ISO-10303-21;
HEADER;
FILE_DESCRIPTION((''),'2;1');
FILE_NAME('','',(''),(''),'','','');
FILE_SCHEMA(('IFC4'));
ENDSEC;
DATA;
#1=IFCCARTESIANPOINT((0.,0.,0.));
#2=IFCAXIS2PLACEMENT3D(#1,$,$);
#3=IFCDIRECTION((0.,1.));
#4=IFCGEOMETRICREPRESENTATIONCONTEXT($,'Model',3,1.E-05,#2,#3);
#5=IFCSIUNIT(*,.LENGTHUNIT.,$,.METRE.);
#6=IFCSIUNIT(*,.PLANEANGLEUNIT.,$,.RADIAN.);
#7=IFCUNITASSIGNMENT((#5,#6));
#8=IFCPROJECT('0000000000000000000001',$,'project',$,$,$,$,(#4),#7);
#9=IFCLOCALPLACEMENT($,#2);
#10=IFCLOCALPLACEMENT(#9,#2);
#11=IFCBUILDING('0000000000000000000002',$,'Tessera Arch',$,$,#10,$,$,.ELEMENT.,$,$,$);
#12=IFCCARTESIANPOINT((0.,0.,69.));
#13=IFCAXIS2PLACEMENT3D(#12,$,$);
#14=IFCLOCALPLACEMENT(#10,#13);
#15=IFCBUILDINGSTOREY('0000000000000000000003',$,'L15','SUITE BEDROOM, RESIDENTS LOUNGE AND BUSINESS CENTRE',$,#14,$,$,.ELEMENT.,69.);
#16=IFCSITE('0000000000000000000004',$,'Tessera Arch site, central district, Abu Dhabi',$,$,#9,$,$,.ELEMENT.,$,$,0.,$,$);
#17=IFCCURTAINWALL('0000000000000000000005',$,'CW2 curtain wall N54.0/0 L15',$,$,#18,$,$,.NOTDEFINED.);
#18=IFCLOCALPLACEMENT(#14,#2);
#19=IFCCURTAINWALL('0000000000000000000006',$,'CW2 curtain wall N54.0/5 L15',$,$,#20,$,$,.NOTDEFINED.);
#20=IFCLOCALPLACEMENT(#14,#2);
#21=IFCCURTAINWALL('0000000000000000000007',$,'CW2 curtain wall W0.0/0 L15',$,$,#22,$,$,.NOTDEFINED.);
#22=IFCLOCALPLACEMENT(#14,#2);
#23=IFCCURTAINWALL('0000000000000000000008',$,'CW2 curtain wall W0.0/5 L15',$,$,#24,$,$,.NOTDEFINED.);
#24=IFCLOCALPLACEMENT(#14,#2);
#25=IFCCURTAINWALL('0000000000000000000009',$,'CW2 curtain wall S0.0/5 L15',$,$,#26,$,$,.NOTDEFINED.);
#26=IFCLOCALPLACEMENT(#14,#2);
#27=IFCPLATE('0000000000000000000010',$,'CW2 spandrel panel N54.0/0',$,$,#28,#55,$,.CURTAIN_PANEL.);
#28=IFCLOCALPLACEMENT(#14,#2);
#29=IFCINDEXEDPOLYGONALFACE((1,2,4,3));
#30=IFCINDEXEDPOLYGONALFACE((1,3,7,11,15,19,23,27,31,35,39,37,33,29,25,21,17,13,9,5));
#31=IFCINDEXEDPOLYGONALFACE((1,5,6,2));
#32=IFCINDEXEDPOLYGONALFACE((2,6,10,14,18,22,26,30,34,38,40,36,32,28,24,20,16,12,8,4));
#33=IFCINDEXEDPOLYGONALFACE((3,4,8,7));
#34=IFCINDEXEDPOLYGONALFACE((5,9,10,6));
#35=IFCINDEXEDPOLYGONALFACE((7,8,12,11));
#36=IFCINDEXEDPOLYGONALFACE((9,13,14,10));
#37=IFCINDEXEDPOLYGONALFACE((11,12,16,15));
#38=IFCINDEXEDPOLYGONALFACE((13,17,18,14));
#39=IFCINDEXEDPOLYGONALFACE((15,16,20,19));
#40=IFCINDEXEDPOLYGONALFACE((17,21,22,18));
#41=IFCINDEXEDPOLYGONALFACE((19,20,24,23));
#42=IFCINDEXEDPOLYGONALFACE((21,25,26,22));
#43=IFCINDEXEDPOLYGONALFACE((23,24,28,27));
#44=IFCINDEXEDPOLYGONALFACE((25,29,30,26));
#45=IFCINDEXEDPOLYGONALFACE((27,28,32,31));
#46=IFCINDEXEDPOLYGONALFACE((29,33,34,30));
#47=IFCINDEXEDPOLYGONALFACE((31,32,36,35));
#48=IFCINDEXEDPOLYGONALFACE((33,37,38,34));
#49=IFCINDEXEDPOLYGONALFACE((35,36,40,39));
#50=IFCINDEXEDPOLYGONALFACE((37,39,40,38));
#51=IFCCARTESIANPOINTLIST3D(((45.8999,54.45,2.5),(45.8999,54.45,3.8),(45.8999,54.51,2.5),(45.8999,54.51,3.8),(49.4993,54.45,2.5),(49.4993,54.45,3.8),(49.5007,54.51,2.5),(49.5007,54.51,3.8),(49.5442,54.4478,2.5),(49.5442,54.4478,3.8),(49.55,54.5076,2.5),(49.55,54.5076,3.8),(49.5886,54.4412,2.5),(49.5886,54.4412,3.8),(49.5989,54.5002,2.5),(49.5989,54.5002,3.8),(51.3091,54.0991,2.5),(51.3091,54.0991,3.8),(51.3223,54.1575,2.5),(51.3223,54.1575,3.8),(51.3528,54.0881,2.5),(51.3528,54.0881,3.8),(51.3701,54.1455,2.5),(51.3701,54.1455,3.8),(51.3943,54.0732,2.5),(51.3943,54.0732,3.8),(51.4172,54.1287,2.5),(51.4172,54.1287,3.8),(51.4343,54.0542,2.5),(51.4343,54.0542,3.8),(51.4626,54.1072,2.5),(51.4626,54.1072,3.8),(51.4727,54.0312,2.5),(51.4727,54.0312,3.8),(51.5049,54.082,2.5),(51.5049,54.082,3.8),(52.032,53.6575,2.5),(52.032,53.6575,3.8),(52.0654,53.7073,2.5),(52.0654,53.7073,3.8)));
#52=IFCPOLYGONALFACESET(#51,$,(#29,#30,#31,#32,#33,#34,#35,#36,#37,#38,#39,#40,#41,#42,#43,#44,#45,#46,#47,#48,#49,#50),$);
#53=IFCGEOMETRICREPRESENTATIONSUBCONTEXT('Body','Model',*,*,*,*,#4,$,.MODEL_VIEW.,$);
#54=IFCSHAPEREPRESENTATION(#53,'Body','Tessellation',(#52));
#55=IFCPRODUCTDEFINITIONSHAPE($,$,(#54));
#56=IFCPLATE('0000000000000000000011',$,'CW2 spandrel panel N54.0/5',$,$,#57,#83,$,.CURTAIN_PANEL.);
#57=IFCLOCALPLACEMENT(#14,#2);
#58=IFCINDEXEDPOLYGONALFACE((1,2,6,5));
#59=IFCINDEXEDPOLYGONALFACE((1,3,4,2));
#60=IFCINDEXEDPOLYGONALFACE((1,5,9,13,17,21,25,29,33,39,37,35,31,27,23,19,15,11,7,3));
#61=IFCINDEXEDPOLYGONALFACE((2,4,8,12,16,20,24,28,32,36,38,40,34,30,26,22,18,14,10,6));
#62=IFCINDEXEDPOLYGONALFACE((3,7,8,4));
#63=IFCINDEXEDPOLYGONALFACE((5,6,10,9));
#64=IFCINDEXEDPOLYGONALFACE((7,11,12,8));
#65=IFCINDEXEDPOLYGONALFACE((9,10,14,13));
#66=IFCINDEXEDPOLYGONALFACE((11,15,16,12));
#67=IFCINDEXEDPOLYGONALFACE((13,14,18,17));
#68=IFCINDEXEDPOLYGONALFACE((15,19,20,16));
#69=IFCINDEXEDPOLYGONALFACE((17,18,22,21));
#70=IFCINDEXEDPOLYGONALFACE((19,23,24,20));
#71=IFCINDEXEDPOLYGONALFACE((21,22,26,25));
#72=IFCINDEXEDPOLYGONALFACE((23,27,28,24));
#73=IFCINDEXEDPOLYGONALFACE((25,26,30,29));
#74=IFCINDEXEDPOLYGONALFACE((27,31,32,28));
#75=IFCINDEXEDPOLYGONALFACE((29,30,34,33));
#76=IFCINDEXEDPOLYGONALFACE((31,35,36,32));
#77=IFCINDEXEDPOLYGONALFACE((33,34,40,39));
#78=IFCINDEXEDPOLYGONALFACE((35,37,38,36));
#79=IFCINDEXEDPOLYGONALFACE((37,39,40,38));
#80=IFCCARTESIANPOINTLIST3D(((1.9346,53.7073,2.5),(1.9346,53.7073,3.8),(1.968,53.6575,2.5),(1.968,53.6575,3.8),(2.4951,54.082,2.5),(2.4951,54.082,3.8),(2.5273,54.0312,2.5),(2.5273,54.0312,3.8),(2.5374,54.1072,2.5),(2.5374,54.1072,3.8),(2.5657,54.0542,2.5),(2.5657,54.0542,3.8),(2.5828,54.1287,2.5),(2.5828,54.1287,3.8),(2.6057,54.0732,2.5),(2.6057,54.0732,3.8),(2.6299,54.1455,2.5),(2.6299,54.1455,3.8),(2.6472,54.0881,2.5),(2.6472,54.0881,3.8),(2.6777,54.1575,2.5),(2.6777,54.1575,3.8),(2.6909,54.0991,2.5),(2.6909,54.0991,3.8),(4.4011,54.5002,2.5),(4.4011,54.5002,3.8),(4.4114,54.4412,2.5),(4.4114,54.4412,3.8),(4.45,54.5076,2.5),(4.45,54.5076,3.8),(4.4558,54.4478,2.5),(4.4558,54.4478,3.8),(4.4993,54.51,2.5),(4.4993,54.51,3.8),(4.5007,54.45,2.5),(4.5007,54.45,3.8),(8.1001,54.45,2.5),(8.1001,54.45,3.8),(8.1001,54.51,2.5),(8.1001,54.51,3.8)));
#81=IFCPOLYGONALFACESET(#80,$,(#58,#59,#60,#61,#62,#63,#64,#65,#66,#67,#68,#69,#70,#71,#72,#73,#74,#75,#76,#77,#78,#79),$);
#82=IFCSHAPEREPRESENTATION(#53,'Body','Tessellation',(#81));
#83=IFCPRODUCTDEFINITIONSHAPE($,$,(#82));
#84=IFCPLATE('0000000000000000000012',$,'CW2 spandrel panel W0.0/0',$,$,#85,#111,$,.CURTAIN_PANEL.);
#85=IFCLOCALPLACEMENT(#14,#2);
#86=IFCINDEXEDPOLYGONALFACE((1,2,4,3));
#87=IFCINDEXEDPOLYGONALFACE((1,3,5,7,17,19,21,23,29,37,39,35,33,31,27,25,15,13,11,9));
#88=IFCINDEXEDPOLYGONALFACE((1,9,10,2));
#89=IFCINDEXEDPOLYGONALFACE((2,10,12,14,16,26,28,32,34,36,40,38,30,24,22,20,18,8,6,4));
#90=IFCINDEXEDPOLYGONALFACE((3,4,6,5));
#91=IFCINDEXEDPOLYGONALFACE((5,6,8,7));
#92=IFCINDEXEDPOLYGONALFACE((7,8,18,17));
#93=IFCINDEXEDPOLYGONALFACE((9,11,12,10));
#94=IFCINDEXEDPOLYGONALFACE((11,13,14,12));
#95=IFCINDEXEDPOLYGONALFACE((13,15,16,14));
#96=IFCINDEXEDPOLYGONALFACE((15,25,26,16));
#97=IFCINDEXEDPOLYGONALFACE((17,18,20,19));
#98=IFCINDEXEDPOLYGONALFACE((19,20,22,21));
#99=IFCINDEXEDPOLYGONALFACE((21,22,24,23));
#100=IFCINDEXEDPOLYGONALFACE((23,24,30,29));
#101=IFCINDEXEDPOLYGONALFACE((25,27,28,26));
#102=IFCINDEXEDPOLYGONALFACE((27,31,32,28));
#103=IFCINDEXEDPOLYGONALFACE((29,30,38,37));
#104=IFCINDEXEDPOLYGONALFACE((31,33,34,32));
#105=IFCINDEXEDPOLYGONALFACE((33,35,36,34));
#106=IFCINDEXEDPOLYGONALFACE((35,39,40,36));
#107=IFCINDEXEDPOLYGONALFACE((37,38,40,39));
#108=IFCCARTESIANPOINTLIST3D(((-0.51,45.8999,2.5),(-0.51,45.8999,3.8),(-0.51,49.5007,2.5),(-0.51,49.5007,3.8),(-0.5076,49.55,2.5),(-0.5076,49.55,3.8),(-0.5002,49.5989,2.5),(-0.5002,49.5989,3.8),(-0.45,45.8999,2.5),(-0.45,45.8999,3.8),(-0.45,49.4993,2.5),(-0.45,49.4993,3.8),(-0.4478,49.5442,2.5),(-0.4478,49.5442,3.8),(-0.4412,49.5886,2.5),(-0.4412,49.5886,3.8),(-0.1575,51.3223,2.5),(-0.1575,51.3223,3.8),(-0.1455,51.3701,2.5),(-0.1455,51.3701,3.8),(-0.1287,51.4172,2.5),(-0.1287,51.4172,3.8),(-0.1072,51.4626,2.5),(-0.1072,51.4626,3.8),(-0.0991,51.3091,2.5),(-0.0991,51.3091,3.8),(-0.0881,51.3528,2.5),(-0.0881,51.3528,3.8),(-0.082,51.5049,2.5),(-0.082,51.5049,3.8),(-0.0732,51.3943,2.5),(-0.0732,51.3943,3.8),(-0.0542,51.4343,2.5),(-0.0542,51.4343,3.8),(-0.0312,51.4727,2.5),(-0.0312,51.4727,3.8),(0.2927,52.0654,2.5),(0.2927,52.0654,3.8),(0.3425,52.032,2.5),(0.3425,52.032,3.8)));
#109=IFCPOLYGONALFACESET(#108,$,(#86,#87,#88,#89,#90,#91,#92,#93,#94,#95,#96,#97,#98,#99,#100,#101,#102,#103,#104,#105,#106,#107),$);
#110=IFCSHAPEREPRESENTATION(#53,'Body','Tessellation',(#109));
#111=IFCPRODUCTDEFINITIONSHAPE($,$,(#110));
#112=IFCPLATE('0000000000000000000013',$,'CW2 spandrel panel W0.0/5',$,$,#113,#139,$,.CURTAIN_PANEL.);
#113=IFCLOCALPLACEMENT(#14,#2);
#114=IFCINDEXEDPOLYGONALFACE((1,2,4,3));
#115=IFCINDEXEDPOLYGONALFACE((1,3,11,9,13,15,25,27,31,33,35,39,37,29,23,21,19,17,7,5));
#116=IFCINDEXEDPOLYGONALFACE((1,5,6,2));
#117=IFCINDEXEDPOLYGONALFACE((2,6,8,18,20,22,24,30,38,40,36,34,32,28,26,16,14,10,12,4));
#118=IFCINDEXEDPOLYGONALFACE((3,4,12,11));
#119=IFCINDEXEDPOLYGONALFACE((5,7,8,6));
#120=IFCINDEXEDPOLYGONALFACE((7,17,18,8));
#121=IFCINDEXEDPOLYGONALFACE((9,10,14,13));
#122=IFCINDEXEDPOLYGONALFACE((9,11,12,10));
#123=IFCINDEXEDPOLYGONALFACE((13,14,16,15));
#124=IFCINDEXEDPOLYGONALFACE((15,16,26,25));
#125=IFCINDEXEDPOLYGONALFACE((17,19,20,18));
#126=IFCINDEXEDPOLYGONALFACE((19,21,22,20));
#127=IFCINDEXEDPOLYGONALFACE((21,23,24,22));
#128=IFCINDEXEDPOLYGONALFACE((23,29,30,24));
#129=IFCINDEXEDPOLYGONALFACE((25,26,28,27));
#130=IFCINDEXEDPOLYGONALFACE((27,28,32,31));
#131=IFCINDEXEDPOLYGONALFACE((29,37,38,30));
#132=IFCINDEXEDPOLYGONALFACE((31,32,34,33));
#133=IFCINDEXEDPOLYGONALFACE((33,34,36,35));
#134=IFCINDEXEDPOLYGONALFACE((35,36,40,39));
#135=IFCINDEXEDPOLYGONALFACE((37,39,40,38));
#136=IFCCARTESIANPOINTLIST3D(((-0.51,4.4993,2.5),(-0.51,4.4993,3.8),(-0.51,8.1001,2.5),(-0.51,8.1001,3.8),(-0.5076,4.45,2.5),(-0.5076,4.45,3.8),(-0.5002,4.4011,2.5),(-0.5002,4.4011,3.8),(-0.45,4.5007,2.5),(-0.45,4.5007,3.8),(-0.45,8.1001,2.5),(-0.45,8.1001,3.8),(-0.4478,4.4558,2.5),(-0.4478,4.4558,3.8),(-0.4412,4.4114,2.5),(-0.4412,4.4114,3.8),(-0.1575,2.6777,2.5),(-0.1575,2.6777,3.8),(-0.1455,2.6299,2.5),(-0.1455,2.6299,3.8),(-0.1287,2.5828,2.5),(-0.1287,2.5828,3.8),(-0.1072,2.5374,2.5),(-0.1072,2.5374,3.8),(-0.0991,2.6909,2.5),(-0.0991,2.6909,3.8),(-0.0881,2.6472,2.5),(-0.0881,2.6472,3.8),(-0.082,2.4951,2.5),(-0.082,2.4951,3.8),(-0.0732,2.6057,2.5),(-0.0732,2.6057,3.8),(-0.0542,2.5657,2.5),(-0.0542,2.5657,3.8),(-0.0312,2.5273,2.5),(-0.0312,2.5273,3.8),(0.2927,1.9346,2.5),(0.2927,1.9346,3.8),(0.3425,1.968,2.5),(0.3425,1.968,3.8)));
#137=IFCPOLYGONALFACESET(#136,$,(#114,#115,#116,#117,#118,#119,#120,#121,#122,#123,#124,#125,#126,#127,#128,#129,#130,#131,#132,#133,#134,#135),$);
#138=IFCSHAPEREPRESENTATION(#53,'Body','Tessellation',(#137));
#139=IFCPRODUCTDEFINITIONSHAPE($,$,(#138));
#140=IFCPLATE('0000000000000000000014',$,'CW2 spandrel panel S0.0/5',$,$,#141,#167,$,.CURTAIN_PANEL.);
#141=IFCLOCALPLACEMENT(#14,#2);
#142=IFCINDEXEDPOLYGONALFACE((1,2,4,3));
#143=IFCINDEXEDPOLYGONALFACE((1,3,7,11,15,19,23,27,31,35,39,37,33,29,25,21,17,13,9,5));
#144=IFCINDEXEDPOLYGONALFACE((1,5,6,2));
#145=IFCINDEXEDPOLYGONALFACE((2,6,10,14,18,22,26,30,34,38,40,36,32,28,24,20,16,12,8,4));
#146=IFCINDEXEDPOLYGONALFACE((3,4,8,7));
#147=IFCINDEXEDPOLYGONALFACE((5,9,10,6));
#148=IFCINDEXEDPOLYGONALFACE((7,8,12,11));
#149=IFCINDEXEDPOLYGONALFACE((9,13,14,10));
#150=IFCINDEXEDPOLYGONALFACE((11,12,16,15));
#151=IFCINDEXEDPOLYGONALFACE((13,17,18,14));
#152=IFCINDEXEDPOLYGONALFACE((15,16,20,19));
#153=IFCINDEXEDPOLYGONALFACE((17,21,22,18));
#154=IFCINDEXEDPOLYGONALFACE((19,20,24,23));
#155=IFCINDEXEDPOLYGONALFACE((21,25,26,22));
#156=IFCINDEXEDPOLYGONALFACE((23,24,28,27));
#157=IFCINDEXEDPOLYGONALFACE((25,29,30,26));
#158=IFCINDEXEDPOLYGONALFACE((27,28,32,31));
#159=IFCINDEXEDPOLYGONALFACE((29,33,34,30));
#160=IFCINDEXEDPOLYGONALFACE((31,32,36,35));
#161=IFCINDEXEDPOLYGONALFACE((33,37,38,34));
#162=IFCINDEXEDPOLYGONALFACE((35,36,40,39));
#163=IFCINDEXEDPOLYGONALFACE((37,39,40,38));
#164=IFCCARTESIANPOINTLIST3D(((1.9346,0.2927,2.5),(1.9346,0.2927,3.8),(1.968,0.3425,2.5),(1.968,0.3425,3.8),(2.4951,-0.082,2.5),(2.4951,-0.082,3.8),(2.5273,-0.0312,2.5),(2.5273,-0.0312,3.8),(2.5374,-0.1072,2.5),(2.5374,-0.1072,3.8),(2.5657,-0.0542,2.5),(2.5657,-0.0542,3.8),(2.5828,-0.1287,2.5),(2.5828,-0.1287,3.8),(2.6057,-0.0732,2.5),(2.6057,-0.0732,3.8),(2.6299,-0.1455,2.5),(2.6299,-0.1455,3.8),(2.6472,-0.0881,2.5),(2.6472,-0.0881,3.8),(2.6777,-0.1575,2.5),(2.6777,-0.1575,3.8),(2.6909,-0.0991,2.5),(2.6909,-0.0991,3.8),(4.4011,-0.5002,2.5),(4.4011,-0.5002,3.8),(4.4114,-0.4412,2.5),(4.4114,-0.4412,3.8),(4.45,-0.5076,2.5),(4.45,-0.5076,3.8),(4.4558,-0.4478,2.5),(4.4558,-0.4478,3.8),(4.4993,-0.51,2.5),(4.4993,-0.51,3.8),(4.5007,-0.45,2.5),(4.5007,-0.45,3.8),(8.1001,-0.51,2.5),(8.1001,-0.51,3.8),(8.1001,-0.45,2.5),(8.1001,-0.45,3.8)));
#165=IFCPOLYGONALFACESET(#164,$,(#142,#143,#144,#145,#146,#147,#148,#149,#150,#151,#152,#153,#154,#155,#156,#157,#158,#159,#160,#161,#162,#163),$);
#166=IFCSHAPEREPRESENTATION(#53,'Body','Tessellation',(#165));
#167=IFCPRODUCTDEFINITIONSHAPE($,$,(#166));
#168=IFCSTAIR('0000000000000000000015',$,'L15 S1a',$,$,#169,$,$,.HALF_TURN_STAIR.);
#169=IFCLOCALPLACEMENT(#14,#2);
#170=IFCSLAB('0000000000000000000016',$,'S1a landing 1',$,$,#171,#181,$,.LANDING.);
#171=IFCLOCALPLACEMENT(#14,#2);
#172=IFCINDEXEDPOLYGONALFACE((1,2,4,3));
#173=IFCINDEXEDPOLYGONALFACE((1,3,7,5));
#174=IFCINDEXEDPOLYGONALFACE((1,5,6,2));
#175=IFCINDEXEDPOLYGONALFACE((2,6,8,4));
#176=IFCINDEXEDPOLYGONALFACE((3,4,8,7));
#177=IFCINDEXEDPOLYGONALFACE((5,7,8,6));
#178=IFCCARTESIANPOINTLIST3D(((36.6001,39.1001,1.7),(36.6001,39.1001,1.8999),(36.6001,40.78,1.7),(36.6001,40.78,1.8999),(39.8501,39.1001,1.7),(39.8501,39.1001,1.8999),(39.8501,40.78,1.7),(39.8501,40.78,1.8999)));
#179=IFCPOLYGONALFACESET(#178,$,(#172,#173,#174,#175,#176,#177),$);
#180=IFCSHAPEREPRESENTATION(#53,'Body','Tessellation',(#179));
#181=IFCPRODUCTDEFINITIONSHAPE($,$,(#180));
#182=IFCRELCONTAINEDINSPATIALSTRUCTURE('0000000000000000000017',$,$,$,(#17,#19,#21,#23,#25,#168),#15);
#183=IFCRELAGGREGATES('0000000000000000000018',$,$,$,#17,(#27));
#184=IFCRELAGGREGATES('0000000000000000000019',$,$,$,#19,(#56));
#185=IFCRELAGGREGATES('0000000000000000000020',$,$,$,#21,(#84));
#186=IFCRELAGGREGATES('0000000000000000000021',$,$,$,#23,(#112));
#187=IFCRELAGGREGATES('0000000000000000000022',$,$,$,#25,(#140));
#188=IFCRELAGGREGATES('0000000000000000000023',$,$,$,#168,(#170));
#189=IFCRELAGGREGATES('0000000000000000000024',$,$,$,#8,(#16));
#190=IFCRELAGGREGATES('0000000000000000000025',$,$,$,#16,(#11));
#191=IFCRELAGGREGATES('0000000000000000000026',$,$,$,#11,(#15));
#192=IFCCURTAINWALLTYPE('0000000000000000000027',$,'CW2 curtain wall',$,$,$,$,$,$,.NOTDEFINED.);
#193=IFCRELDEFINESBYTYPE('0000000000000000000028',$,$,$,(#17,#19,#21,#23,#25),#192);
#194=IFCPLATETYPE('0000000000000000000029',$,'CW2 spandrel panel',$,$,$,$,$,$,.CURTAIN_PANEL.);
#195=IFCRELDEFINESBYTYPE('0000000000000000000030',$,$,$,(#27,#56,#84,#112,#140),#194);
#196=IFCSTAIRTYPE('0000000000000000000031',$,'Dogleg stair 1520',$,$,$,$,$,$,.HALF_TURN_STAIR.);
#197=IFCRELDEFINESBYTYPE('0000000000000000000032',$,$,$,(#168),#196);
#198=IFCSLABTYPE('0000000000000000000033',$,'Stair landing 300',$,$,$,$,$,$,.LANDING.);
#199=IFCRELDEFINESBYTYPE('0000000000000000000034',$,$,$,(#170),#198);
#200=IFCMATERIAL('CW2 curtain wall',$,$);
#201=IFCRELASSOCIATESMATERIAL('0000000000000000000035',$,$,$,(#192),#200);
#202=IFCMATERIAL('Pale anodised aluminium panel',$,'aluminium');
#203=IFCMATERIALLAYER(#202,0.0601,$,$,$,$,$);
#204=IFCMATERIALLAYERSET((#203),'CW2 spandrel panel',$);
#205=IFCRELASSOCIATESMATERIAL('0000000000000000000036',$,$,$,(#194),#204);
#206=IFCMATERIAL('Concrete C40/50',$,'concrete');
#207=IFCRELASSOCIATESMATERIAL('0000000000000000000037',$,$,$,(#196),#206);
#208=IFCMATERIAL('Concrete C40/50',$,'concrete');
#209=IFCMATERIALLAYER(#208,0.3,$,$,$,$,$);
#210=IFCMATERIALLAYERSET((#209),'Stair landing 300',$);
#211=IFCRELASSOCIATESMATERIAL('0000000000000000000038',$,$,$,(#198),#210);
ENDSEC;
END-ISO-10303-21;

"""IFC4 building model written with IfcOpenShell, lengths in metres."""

from ifc_helpers import new_model, si_unit, direction, frame, origin, place, context, subcontext, project, spatial, polyline, outline, extrude, material, layer, layer_set, type_object, element, aggregate, save


model = new_model("IFC4")

# Units and contexts
model_context = context("Model", 3, precision=1e-05, world=origin(), true_north=direction((0.0, 1.0)))
body_context = subcontext(model_context, "Body", "Model", "MODEL_VIEW")
ifc_project = project(units=[si_unit("LENGTHUNIT", "METRE"), si_unit("PLANEANGLEUNIT", "RADIAN")], contexts=[model_context])

# Site, building, storey
site_placement = place(None, origin())
site = spatial("IfcSite", under=ifc_project, at=site_placement, Name="Tessera Arch site, central district, Abu Dhabi", CompositionType="ELEMENT", RefElevation=0.0)
building_placement = place(site_placement, origin())
building = spatial("IfcBuilding", under=site, at=building_placement, Name="Tessera Arch", CompositionType="ELEMENT")
storey_placement = place(building_placement, frame((0.0, 0.0, 69.0)))
storey = spatial("IfcBuildingStorey", under=building, at=storey_placement, Name="L15", Description="SUITE BEDROOM, RESIDENTS LOUNGE AND BUSINESS CENTRE", CompositionType="ELEMENT", Elevation=69.0)

# Curtain walls
ifc_material_1 = material(Name="CW2 curtain wall")
curtain_wall_type = type_object("IfcCurtainWallType", Name="CW2 curtain wall", PredefinedType="NOTDEFINED", material=ifc_material_1)
curtain_wall_1_placement = place(storey_placement, origin())
curtain_wall_1 = element("IfcCurtainWall", 1, at=curtain_wall_1_placement, inside=storey, type_object=curtain_wall_type, Name="CW2 curtain wall N54.0/0 L15", PredefinedType="NOTDEFINED")
curtain_wall_2_placement = place(storey_placement, origin())
curtain_wall_2 = element("IfcCurtainWall", 2, at=curtain_wall_2_placement, inside=storey, type_object=curtain_wall_type, Name="CW2 curtain wall N54.0/5 L15", PredefinedType="NOTDEFINED")
curtain_wall_3_placement = place(storey_placement, origin())
curtain_wall_3 = element("IfcCurtainWall", 3, at=curtain_wall_3_placement, inside=storey, type_object=curtain_wall_type, Name="CW2 curtain wall W0.0/0 L15", PredefinedType="NOTDEFINED")
curtain_wall_4_placement = place(storey_placement, origin())
curtain_wall_4 = element("IfcCurtainWall", 4, at=curtain_wall_4_placement, inside=storey, type_object=curtain_wall_type, Name="CW2 curtain wall W0.0/5 L15", PredefinedType="NOTDEFINED")
curtain_wall_5_placement = place(storey_placement, origin())
curtain_wall_5 = element("IfcCurtainWall", 5, at=curtain_wall_5_placement, inside=storey, type_object=curtain_wall_type, Name="CW2 curtain wall S0.0/5 L15", PredefinedType="NOTDEFINED")

# Plates
ifc_material_2 = material(Name="Pale anodised aluminium panel", Category="aluminium")
ifc_layer_1 = layer(ifc_material_2, 0.0601)
ifc_layer_set_1 = layer_set([ifc_layer_1], Name="CW2 spandrel panel")
plate_type_1 = type_object("IfcPlateType", Name="CW2 spandrel panel", PredefinedType="CURTAIN_PANEL", material=ifc_layer_set_1)
plate_1_placement = place(storey_placement, frame((0.0, 0.0, 2.5)))
plate_1 = element("IfcPlate", 6, at=plate_1_placement, type_object=plate_type_1, Name="CW2 spandrel panel N54.0/0", PredefinedType="CURTAIN_PANEL", context=body_context, shape_type="SweptSolid", body=[
    extrude(outline(polyline([(51.4727, 54.0312), (52.032, 53.6575), (52.0654, 53.7073), (51.5049, 54.082), (51.4626, 54.1072), (51.4172, 54.1287), (51.3701, 54.1455), (51.3223, 54.1575), (49.5989, 54.5002), (49.55, 54.5076), (49.5007, 54.51), (45.8999, 54.51), (45.8999, 54.45), (49.4993, 54.45), (49.5442, 54.4478), (49.5886, 54.4412), (51.3091, 54.0991), (51.3528, 54.0881), (51.3943, 54.0732), (51.4343, 54.0542), (51.4727, 54.0312)])), origin(), (0.0, 0.0, 1.0), 1.3),
])
aggregate(curtain_wall_1, [plate_1])
plate_2_placement = place(storey_placement, frame((0.0, 0.0, 2.5)))
plate_2 = element("IfcPlate", 7, at=plate_2_placement, type_object=plate_type_1, Name="CW2 spandrel panel N54.0/5", PredefinedType="CURTAIN_PANEL", context=body_context, shape_type="SweptSolid", body=[
    extrude(outline(polyline([(4.5007, 54.45), (8.1001, 54.45), (8.1001, 54.51), (4.4993, 54.51), (4.45, 54.5076), (4.4011, 54.5002), (2.6777, 54.1575), (2.6299, 54.1455), (2.5828, 54.1287), (2.5374, 54.1072), (2.4951, 54.082), (1.9346, 53.7073), (1.968, 53.6575), (2.5273, 54.0312), (2.5657, 54.0542), (2.6057, 54.0732), (2.6472, 54.0881), (2.6909, 54.0991), (4.4114, 54.4412), (4.4558, 54.4478), (4.5007, 54.45)])), origin(), (0.0, 0.0, 1.0), 1.3),
])
aggregate(curtain_wall_2, [plate_2])
plate_3_placement = place(storey_placement, frame((0.0, 0.0, 2.5)))
plate_3 = element("IfcPlate", 8, at=plate_3_placement, type_object=plate_type_1, Name="CW2 spandrel panel W0.0/0", PredefinedType="CURTAIN_PANEL", context=body_context, shape_type="SweptSolid", body=[
    extrude(outline(polyline([(-0.0312, 51.4727), (0.3425, 52.032), (0.2927, 52.0654), (-0.082, 51.5049), (-0.1072, 51.4626), (-0.1287, 51.4172), (-0.1455, 51.3701), (-0.1575, 51.3223), (-0.5002, 49.5989), (-0.5076, 49.55), (-0.51, 49.5007), (-0.51, 45.8999), (-0.45, 45.8999), (-0.45, 49.4993), (-0.4478, 49.5442), (-0.4412, 49.5886), (-0.0991, 51.3091), (-0.0881, 51.3528), (-0.0732, 51.3943), (-0.0542, 51.4343), (-0.0312, 51.4727)])), origin(), (0.0, 0.0, 1.0), 1.3),
])
aggregate(curtain_wall_3, [plate_3])
plate_4_placement = place(storey_placement, frame((0.0, 0.0, 2.5)))
plate_4 = element("IfcPlate", 9, at=plate_4_placement, type_object=plate_type_1, Name="CW2 spandrel panel W0.0/5", PredefinedType="CURTAIN_PANEL", context=body_context, shape_type="SweptSolid", body=[
    extrude(outline(polyline([(-0.45, 4.5007), (-0.45, 8.1001), (-0.51, 8.1001), (-0.51, 4.4993), (-0.5076, 4.45), (-0.5002, 4.4011), (-0.1575, 2.6777), (-0.1455, 2.6299), (-0.1287, 2.5828), (-0.1072, 2.5374), (-0.082, 2.4951), (0.2927, 1.9346), (0.3425, 1.968), (-0.0312, 2.5273), (-0.0542, 2.5657), (-0.0732, 2.6057), (-0.0881, 2.6472), (-0.0991, 2.6909), (-0.4412, 4.4114), (-0.4478, 4.4558), (-0.45, 4.5007)])), origin(), (0.0, 0.0, 1.0), 1.3),
])
aggregate(curtain_wall_4, [plate_4])
plate_5_placement = place(storey_placement, frame((0.0, 0.0, 2.5)))
plate_5 = element("IfcPlate", 10, at=plate_5_placement, type_object=plate_type_1, Name="CW2 spandrel panel S0.0/5", PredefinedType="CURTAIN_PANEL", context=body_context, shape_type="SweptSolid", body=[
    extrude(outline(polyline([(2.5273, -0.0312), (1.968, 0.3425), (1.9346, 0.2927), (2.4951, -0.082), (2.5374, -0.1072), (2.5828, -0.1287), (2.6299, -0.1455), (2.6777, -0.1575), (4.4011, -0.5002), (4.45, -0.5076), (4.4993, -0.51), (8.1001, -0.51), (8.1001, -0.45), (4.5007, -0.45), (4.4558, -0.4478), (4.4114, -0.4412), (2.6909, -0.0991), (2.6472, -0.0881), (2.6057, -0.0732), (2.5657, -0.0542), (2.5273, -0.0312)])), origin(), (0.0, 0.0, 1.0), 1.3),
])
aggregate(curtain_wall_5, [plate_5])

# Stair, slab
ifc_material_3 = material(Name="Concrete C40/50", Category="concrete")
stair_type = type_object("IfcStairType", Name="Dogleg stair 1520", PredefinedType="HALF_TURN_STAIR", material=ifc_material_3)
stair_placement = place(storey_placement, origin())
stair = element("IfcStair", 11, at=stair_placement, inside=storey, type_object=stair_type, Name="L15 S1a", PredefinedType="HALF_TURN_STAIR")
ifc_material_4 = material(Name="Concrete C40/50", Category="concrete")
ifc_layer_2 = layer(ifc_material_4, 0.3)
ifc_layer_set_2 = layer_set([ifc_layer_2], Name="Stair landing 300")
slab_type_1 = type_object("IfcSlabType", Name="Stair landing 300", PredefinedType="LANDING", material=ifc_layer_set_2)
slab_1_placement = place(storey_placement, frame((0.0, 0.0, 1.7)))
slab_1 = element("IfcSlab", 12, at=slab_1_placement, type_object=slab_type_1, Name="S1a landing 1", PredefinedType="LANDING", context=body_context, shape_type="SweptSolid", body=[
    extrude(outline(polyline([(36.6001, 40.78), (36.6001, 39.1001), (39.8501, 39.1001), (39.8501, 40.78), (36.6001, 40.78)])), origin(), (0.0, 0.0, 1.0), 0.2),
])
aggregate(stair, [slab_1])

save(model, "model.ifc")
